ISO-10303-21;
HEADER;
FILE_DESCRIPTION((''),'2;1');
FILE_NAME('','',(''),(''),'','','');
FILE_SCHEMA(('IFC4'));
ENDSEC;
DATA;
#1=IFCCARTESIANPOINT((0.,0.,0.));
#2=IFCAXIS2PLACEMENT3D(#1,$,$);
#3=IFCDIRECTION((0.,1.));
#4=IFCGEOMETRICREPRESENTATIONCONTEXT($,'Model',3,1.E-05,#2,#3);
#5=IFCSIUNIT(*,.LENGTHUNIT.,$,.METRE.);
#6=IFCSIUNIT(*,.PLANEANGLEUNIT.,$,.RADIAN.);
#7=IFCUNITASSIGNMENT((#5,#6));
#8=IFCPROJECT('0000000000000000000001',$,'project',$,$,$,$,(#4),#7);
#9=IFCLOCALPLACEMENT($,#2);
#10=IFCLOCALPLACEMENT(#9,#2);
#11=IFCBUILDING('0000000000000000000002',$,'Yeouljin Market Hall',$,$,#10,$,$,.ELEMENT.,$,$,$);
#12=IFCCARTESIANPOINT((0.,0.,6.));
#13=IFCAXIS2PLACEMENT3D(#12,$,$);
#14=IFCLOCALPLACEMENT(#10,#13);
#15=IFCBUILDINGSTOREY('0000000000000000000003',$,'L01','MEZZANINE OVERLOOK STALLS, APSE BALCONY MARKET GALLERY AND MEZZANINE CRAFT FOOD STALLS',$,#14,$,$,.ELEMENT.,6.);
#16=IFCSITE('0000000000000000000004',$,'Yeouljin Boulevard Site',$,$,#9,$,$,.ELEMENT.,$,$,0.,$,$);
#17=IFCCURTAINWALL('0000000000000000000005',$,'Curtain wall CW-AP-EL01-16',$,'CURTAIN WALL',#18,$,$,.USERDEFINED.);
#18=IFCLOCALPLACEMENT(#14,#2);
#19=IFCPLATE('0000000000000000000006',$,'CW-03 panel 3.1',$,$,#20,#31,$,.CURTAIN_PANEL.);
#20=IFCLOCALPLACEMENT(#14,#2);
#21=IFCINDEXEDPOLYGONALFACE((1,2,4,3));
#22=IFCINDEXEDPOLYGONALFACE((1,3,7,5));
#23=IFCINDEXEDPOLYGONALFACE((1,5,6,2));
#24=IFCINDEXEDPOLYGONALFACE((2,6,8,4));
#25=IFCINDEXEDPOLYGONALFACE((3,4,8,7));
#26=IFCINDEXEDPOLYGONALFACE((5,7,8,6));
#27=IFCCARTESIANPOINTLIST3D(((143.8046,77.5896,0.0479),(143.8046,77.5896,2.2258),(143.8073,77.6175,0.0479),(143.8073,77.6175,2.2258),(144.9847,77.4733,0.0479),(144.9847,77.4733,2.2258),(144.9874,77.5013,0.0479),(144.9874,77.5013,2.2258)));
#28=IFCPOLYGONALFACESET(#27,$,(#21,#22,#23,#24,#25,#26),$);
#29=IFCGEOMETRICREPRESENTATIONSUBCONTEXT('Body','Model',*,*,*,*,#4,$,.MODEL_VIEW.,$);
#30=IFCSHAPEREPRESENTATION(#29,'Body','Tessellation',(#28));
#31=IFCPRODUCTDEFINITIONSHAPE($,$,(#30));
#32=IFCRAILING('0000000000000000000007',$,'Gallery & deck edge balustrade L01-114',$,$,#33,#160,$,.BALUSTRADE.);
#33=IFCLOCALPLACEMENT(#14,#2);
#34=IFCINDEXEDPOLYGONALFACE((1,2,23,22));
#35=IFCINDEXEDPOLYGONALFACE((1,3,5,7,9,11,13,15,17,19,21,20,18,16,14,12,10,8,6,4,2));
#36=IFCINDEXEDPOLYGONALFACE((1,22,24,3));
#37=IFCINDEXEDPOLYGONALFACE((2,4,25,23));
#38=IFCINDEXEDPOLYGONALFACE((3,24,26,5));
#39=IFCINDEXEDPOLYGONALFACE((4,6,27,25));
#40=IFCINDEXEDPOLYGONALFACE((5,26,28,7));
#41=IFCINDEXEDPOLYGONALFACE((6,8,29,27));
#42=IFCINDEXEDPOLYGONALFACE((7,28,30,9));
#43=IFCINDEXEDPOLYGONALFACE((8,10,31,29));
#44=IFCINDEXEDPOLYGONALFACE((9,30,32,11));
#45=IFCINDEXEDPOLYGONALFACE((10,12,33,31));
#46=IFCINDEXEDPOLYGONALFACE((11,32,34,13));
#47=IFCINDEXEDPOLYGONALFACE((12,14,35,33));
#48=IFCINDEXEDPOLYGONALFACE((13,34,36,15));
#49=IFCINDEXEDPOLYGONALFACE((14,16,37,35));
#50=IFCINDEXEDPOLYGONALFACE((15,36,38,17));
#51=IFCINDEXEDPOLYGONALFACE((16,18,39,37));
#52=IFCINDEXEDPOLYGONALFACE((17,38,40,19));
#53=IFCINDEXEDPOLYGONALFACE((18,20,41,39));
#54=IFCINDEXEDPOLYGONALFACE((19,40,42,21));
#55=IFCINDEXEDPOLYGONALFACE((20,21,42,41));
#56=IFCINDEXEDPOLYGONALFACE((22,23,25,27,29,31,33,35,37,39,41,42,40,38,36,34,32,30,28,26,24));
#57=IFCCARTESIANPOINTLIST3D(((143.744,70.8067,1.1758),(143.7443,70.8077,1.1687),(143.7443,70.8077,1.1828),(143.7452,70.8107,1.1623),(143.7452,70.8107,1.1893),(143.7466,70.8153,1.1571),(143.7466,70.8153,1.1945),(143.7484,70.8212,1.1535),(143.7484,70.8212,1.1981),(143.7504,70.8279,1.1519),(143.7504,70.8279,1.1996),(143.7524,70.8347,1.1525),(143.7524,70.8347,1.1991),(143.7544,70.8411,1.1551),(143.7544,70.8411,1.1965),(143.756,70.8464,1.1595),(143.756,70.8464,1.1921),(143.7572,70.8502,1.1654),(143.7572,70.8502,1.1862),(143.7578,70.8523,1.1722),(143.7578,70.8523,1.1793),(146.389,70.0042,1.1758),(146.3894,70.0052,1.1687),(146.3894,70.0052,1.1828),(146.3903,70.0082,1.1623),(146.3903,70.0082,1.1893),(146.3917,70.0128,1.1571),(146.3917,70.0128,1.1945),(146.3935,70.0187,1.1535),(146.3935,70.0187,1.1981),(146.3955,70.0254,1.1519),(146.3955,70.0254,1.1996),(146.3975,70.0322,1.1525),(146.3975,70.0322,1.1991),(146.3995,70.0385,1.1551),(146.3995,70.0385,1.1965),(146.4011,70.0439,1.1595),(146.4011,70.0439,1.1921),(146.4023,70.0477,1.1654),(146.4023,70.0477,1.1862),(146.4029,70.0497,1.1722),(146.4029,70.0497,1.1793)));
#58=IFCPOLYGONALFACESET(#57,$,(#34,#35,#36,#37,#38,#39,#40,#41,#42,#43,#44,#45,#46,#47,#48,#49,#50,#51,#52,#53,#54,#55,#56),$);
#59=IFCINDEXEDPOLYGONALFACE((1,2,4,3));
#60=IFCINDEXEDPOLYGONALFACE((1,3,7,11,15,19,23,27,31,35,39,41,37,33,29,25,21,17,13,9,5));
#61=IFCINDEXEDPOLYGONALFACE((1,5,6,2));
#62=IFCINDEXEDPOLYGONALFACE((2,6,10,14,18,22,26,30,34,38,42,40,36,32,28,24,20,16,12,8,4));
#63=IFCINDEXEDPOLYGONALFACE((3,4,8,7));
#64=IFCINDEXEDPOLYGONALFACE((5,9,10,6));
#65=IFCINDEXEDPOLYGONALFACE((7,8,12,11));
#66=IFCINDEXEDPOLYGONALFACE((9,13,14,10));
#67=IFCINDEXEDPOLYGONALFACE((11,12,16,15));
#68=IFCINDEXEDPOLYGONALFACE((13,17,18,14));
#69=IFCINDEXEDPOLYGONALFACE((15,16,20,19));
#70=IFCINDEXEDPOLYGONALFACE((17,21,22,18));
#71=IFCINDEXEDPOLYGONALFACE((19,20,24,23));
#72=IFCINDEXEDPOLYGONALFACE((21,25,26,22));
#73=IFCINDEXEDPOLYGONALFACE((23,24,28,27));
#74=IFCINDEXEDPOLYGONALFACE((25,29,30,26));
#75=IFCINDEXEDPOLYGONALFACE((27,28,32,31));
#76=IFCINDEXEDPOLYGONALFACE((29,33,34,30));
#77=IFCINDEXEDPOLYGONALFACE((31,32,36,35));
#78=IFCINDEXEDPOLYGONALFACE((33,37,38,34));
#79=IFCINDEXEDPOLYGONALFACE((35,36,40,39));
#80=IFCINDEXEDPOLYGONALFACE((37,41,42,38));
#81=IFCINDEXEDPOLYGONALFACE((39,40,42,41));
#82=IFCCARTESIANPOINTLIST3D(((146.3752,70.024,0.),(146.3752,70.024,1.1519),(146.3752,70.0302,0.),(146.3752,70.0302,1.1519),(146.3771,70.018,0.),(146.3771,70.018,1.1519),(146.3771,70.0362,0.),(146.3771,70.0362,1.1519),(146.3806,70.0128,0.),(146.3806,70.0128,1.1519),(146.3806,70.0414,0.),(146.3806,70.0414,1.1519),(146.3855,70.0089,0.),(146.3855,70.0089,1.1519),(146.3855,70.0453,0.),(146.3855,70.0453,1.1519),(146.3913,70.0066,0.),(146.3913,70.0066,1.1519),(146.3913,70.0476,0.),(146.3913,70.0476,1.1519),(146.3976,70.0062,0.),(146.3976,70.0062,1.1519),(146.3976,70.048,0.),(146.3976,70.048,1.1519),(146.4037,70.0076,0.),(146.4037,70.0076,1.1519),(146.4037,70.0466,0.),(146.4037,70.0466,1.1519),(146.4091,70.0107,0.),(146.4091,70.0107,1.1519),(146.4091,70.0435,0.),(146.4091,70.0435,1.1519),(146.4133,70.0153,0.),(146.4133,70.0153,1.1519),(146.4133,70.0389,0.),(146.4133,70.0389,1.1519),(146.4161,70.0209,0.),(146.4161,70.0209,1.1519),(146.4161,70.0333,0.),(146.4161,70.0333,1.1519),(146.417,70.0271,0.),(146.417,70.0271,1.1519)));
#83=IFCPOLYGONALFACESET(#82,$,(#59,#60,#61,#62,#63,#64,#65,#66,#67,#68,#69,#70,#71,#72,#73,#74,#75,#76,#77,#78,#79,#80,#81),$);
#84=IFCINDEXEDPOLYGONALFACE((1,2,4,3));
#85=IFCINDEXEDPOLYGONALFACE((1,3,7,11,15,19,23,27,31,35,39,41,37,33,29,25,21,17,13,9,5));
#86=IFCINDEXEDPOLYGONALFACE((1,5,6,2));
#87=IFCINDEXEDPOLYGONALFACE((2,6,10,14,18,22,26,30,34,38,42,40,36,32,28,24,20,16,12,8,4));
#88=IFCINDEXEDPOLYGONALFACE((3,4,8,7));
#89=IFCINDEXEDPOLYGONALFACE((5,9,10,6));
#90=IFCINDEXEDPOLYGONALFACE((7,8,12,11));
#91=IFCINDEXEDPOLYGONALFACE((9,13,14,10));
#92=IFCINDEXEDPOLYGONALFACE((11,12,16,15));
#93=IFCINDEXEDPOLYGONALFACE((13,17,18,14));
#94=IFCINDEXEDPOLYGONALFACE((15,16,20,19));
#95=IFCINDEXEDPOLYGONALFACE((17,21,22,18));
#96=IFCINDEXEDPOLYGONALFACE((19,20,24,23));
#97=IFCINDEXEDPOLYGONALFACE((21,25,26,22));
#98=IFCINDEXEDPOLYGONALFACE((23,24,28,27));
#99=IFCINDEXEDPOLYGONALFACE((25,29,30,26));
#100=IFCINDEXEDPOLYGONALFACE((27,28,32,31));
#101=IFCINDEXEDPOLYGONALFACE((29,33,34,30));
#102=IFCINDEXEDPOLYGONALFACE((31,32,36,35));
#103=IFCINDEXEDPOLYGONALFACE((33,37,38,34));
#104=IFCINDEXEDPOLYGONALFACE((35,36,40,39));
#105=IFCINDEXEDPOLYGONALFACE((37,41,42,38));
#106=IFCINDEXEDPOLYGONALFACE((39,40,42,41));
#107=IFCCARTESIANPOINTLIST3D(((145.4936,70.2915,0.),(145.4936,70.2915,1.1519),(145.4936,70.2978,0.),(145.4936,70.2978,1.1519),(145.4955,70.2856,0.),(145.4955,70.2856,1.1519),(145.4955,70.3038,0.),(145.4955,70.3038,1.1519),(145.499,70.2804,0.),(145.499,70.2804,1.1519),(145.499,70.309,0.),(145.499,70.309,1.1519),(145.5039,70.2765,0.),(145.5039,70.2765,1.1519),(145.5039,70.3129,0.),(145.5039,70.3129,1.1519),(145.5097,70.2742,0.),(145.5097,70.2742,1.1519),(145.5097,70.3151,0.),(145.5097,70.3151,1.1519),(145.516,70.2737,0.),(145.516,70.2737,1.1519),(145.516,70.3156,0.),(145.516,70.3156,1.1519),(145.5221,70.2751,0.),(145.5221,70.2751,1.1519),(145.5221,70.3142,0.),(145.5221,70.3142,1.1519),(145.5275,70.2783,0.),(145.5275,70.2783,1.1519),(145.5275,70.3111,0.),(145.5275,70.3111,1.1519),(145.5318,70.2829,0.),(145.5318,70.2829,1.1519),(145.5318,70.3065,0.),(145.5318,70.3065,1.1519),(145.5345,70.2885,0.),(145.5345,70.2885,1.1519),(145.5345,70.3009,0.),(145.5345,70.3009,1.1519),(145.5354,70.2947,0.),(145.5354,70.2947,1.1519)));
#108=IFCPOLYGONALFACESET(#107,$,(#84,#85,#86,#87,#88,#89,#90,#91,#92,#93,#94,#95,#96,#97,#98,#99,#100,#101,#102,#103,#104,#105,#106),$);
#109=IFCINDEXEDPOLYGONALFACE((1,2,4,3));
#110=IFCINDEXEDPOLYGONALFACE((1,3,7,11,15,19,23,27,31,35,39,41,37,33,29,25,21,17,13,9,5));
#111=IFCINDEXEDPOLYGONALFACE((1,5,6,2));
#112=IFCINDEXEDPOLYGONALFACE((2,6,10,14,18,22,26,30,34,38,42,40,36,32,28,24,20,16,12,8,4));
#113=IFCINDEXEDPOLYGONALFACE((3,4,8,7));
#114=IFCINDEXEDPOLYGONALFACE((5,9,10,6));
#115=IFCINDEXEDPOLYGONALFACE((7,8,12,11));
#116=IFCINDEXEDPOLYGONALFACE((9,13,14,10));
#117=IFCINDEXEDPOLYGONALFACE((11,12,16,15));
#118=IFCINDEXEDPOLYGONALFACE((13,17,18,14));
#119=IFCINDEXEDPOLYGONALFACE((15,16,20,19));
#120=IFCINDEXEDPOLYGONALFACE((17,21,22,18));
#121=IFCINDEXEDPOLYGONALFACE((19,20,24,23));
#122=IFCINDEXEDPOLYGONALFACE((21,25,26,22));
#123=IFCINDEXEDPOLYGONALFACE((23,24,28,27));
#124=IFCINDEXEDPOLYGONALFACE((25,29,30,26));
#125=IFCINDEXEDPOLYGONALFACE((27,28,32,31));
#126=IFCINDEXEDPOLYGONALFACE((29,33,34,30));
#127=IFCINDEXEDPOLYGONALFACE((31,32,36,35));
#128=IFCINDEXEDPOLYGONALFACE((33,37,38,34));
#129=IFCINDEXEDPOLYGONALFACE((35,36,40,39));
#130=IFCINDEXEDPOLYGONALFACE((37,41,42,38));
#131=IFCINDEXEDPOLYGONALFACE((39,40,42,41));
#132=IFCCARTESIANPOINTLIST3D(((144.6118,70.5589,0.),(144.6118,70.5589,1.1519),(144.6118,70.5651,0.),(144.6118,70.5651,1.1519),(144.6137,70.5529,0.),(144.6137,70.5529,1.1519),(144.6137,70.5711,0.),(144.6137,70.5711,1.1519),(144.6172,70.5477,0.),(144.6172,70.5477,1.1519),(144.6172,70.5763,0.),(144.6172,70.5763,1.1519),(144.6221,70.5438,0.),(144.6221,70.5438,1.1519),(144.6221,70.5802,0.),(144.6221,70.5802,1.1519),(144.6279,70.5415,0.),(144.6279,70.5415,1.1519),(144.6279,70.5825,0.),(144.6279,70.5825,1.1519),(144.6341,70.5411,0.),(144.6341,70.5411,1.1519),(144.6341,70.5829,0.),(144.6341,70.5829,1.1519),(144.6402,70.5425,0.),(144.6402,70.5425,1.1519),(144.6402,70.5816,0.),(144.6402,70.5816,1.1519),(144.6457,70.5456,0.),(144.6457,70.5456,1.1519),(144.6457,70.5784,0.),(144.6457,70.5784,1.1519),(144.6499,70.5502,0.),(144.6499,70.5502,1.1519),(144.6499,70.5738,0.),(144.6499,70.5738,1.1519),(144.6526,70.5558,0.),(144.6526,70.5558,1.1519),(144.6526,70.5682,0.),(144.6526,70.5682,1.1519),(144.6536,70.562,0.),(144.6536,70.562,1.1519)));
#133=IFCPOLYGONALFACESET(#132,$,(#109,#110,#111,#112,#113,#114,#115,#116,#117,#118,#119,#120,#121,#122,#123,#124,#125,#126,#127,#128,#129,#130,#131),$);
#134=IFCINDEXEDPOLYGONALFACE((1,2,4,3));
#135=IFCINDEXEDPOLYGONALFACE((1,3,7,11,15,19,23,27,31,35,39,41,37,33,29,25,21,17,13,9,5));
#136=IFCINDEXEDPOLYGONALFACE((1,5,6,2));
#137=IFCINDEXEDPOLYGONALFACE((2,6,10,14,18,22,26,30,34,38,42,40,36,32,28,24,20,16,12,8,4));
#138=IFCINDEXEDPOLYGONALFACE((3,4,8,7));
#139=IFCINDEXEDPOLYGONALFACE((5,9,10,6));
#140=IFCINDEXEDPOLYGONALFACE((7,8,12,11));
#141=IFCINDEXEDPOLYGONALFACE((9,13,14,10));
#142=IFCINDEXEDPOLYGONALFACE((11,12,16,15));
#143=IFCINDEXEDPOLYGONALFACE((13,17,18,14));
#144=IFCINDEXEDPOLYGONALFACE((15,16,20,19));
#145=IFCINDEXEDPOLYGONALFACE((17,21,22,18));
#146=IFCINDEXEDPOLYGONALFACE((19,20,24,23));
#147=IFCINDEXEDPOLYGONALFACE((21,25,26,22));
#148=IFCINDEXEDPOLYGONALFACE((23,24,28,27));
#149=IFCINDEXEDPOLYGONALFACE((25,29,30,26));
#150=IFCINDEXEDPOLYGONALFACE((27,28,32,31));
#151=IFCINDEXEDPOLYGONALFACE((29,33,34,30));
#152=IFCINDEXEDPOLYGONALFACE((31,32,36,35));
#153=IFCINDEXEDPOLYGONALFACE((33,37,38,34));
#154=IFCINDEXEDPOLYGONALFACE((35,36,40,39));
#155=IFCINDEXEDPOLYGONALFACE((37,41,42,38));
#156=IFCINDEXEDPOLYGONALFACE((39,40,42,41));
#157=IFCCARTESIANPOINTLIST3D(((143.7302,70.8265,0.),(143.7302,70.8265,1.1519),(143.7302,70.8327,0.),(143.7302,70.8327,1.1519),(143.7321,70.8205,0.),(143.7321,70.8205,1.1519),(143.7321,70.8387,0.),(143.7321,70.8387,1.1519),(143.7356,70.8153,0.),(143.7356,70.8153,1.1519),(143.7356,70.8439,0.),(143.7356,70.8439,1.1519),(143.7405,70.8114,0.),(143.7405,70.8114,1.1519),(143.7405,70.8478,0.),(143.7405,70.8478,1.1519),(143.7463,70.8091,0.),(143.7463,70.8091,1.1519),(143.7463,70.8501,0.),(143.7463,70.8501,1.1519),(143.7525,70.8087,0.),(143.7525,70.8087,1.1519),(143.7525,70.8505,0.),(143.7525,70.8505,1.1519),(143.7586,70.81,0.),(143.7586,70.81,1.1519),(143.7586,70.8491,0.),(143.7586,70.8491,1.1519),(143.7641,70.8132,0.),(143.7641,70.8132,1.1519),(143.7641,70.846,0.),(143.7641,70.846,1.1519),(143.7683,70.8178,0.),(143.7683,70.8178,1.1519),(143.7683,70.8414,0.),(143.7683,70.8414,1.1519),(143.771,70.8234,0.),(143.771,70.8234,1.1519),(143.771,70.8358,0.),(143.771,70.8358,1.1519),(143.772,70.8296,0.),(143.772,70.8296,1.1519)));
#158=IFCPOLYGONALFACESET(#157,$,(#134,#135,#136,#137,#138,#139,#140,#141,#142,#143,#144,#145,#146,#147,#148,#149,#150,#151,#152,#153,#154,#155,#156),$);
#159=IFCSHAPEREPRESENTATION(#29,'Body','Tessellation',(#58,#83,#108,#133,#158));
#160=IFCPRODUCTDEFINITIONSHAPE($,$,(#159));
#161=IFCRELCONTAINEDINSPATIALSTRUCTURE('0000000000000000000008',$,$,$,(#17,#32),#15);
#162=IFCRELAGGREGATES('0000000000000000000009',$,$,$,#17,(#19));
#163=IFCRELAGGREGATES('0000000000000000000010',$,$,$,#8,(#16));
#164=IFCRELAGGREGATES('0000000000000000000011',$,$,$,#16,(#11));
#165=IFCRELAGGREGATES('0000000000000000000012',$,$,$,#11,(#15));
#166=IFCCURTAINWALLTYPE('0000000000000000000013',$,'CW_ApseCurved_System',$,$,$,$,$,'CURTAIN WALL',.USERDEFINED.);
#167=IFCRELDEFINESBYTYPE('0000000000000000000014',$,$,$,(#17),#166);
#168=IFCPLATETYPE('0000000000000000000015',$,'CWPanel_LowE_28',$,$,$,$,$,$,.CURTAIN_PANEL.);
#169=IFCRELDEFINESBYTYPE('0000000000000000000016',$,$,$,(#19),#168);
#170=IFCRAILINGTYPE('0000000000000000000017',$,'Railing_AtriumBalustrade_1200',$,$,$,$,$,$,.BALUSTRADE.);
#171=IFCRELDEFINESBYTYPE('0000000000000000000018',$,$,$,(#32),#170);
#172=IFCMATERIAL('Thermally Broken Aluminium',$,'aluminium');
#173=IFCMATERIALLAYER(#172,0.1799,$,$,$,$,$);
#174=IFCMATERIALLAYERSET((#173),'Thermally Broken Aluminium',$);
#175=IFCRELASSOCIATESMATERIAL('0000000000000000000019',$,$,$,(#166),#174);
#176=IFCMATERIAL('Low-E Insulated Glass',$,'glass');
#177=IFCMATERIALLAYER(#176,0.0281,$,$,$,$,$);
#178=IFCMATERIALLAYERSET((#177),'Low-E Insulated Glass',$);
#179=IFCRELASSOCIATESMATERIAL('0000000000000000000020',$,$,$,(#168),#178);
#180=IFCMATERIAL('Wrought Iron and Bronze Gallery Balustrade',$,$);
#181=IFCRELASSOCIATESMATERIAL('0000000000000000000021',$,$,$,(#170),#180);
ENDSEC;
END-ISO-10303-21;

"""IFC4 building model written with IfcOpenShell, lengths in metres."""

from ifc_helpers import new_model, si_unit, direction, frame, origin, origin_2d, place, context, subcontext, project, spatial, rectangle, circle, extrude, material, layer, layer_set, type_object, element, aggregate, save


model = new_model("IFC4")

# Units and contexts
model_context = context("Model", 3, precision=1e-05, world=origin(), true_north=direction((0.0, 1.0)))
body_context = subcontext(model_context, "Body", "Model", "MODEL_VIEW")
ifc_project = project(units=[si_unit("LENGTHUNIT", "METRE"), si_unit("PLANEANGLEUNIT", "RADIAN")], contexts=[model_context])

# Site, building, storey
site_placement = place(None, origin())
site = spatial("IfcSite", under=ifc_project, at=site_placement, Name="Yeouljin Boulevard Site", CompositionType="ELEMENT", RefElevation=0.0)
building_placement = place(site_placement, origin())
building = spatial("IfcBuilding", under=site, at=building_placement, Name="Yeouljin Market Hall", CompositionType="ELEMENT")
storey_placement = place(building_placement, frame((0.0, 0.0, 6.0)))
storey = spatial("IfcBuildingStorey", under=building, at=storey_placement, Name="L01", Description="MEZZANINE OVERLOOK STALLS, APSE BALCONY MARKET GALLERY AND MEZZANINE CRAFT FOOD STALLS", CompositionType="ELEMENT", Elevation=6.0)

# Shared definitions
ifc_material_1 = material(Name="Thermally Broken Aluminium", Category="aluminium")
ifc_layer_1 = layer(ifc_material_1, 0.1799)
ifc_layer_set_1 = layer_set([ifc_layer_1], Name="Thermally Broken Aluminium")
curtain_wall_type = type_object("IfcCurtainWallType", Name="CW_ApseCurved_System", ElementType="CURTAIN WALL", PredefinedType="USERDEFINED", material=ifc_layer_set_1)

# Curtain wall
curtain_wall_1_placement = place(storey_placement, origin())
curtain_wall_1 = element("IfcCurtainWall", 1, at=curtain_wall_1_placement, inside=storey, type_object=curtain_wall_type, Name="Curtain wall CW-AP-EL01-16", ObjectType="CURTAIN WALL", PredefinedType="USERDEFINED")

# Plate
ifc_material_2 = material(Name="Low-E Insulated Glass", Category="glass")
ifc_layer_2 = layer(ifc_material_2, 0.0281)
ifc_layer_set_2 = layer_set([ifc_layer_2], Name="Low-E Insulated Glass")
plate_type = type_object("IfcPlateType", Name="CWPanel_LowE_28", PredefinedType="CURTAIN_PANEL", material=ifc_layer_set_2)
plate_1_placement = place(storey_placement, frame((144.396, 77.5454, 0.0479), z_axis=(0.0, 0.0, 1.0), x_axis=(0.995183, -0.098034, 0.0)))
plate_1 = element("IfcPlate", 2, at=plate_1_placement, type_object=plate_type, Name="CW-03 panel 3.1", PredefinedType="CURTAIN_PANEL", context=body_context, shape_type="SweptSolid", body=[
    extrude(rectangle(XDim=1.1858, YDim=0.0281, at=origin_2d()), origin(), (0.0, 0.0, 1.0), 2.178),
])
aggregate(curtain_wall_1, [plate_1])

# Railing
ifc_material_3 = material(Name="Wrought Iron and Bronze Gallery Balustrade")
railing_type = type_object("IfcRailingType", Name="Railing_AtriumBalustrade_1200", PredefinedType="BALUSTRADE", material=ifc_material_3)
railing_1_placement = place(storey_placement, frame((146.396, 70.0271, 0.0)))
element("IfcRailing", 3, at=railing_1_placement, inside=storey, type_object=railing_type, Name="Gallery & deck edge balustrade L01-114", PredefinedType="BALUSTRADE", context=body_context, shape_type="SweptSolid", body=[
    extrude(circle(Radius=0.0239, at=origin_2d()), frame((0.0, 0.0, 1.1758), z_axis=(-0.956927, 0.290329, 0.0), x_axis=(-0.290329, -0.956927, 0.0)), (0.0, 0.0, 1.0), 2.7642),
    extrude(circle(Radius=0.021, at=origin_2d()), origin(), (0.0, 0.0, 1.0), 1.1519),
    extrude(circle(Radius=0.021, at=origin_2d()), frame((-0.8816, 0.2676, 0.0)), (0.0, 0.0, 1.0), 1.1519),
    extrude(circle(Radius=0.021, at=origin_2d()), frame((-1.7634, 0.5349, 0.0)), (0.0, 0.0, 1.0), 1.1519),
    extrude(circle(Radius=0.021, at=origin_2d()), frame((-2.645, 0.8025, 0.0)), (0.0, 0.0, 1.0), 1.1519),
])

save(model, "model.ifc")
